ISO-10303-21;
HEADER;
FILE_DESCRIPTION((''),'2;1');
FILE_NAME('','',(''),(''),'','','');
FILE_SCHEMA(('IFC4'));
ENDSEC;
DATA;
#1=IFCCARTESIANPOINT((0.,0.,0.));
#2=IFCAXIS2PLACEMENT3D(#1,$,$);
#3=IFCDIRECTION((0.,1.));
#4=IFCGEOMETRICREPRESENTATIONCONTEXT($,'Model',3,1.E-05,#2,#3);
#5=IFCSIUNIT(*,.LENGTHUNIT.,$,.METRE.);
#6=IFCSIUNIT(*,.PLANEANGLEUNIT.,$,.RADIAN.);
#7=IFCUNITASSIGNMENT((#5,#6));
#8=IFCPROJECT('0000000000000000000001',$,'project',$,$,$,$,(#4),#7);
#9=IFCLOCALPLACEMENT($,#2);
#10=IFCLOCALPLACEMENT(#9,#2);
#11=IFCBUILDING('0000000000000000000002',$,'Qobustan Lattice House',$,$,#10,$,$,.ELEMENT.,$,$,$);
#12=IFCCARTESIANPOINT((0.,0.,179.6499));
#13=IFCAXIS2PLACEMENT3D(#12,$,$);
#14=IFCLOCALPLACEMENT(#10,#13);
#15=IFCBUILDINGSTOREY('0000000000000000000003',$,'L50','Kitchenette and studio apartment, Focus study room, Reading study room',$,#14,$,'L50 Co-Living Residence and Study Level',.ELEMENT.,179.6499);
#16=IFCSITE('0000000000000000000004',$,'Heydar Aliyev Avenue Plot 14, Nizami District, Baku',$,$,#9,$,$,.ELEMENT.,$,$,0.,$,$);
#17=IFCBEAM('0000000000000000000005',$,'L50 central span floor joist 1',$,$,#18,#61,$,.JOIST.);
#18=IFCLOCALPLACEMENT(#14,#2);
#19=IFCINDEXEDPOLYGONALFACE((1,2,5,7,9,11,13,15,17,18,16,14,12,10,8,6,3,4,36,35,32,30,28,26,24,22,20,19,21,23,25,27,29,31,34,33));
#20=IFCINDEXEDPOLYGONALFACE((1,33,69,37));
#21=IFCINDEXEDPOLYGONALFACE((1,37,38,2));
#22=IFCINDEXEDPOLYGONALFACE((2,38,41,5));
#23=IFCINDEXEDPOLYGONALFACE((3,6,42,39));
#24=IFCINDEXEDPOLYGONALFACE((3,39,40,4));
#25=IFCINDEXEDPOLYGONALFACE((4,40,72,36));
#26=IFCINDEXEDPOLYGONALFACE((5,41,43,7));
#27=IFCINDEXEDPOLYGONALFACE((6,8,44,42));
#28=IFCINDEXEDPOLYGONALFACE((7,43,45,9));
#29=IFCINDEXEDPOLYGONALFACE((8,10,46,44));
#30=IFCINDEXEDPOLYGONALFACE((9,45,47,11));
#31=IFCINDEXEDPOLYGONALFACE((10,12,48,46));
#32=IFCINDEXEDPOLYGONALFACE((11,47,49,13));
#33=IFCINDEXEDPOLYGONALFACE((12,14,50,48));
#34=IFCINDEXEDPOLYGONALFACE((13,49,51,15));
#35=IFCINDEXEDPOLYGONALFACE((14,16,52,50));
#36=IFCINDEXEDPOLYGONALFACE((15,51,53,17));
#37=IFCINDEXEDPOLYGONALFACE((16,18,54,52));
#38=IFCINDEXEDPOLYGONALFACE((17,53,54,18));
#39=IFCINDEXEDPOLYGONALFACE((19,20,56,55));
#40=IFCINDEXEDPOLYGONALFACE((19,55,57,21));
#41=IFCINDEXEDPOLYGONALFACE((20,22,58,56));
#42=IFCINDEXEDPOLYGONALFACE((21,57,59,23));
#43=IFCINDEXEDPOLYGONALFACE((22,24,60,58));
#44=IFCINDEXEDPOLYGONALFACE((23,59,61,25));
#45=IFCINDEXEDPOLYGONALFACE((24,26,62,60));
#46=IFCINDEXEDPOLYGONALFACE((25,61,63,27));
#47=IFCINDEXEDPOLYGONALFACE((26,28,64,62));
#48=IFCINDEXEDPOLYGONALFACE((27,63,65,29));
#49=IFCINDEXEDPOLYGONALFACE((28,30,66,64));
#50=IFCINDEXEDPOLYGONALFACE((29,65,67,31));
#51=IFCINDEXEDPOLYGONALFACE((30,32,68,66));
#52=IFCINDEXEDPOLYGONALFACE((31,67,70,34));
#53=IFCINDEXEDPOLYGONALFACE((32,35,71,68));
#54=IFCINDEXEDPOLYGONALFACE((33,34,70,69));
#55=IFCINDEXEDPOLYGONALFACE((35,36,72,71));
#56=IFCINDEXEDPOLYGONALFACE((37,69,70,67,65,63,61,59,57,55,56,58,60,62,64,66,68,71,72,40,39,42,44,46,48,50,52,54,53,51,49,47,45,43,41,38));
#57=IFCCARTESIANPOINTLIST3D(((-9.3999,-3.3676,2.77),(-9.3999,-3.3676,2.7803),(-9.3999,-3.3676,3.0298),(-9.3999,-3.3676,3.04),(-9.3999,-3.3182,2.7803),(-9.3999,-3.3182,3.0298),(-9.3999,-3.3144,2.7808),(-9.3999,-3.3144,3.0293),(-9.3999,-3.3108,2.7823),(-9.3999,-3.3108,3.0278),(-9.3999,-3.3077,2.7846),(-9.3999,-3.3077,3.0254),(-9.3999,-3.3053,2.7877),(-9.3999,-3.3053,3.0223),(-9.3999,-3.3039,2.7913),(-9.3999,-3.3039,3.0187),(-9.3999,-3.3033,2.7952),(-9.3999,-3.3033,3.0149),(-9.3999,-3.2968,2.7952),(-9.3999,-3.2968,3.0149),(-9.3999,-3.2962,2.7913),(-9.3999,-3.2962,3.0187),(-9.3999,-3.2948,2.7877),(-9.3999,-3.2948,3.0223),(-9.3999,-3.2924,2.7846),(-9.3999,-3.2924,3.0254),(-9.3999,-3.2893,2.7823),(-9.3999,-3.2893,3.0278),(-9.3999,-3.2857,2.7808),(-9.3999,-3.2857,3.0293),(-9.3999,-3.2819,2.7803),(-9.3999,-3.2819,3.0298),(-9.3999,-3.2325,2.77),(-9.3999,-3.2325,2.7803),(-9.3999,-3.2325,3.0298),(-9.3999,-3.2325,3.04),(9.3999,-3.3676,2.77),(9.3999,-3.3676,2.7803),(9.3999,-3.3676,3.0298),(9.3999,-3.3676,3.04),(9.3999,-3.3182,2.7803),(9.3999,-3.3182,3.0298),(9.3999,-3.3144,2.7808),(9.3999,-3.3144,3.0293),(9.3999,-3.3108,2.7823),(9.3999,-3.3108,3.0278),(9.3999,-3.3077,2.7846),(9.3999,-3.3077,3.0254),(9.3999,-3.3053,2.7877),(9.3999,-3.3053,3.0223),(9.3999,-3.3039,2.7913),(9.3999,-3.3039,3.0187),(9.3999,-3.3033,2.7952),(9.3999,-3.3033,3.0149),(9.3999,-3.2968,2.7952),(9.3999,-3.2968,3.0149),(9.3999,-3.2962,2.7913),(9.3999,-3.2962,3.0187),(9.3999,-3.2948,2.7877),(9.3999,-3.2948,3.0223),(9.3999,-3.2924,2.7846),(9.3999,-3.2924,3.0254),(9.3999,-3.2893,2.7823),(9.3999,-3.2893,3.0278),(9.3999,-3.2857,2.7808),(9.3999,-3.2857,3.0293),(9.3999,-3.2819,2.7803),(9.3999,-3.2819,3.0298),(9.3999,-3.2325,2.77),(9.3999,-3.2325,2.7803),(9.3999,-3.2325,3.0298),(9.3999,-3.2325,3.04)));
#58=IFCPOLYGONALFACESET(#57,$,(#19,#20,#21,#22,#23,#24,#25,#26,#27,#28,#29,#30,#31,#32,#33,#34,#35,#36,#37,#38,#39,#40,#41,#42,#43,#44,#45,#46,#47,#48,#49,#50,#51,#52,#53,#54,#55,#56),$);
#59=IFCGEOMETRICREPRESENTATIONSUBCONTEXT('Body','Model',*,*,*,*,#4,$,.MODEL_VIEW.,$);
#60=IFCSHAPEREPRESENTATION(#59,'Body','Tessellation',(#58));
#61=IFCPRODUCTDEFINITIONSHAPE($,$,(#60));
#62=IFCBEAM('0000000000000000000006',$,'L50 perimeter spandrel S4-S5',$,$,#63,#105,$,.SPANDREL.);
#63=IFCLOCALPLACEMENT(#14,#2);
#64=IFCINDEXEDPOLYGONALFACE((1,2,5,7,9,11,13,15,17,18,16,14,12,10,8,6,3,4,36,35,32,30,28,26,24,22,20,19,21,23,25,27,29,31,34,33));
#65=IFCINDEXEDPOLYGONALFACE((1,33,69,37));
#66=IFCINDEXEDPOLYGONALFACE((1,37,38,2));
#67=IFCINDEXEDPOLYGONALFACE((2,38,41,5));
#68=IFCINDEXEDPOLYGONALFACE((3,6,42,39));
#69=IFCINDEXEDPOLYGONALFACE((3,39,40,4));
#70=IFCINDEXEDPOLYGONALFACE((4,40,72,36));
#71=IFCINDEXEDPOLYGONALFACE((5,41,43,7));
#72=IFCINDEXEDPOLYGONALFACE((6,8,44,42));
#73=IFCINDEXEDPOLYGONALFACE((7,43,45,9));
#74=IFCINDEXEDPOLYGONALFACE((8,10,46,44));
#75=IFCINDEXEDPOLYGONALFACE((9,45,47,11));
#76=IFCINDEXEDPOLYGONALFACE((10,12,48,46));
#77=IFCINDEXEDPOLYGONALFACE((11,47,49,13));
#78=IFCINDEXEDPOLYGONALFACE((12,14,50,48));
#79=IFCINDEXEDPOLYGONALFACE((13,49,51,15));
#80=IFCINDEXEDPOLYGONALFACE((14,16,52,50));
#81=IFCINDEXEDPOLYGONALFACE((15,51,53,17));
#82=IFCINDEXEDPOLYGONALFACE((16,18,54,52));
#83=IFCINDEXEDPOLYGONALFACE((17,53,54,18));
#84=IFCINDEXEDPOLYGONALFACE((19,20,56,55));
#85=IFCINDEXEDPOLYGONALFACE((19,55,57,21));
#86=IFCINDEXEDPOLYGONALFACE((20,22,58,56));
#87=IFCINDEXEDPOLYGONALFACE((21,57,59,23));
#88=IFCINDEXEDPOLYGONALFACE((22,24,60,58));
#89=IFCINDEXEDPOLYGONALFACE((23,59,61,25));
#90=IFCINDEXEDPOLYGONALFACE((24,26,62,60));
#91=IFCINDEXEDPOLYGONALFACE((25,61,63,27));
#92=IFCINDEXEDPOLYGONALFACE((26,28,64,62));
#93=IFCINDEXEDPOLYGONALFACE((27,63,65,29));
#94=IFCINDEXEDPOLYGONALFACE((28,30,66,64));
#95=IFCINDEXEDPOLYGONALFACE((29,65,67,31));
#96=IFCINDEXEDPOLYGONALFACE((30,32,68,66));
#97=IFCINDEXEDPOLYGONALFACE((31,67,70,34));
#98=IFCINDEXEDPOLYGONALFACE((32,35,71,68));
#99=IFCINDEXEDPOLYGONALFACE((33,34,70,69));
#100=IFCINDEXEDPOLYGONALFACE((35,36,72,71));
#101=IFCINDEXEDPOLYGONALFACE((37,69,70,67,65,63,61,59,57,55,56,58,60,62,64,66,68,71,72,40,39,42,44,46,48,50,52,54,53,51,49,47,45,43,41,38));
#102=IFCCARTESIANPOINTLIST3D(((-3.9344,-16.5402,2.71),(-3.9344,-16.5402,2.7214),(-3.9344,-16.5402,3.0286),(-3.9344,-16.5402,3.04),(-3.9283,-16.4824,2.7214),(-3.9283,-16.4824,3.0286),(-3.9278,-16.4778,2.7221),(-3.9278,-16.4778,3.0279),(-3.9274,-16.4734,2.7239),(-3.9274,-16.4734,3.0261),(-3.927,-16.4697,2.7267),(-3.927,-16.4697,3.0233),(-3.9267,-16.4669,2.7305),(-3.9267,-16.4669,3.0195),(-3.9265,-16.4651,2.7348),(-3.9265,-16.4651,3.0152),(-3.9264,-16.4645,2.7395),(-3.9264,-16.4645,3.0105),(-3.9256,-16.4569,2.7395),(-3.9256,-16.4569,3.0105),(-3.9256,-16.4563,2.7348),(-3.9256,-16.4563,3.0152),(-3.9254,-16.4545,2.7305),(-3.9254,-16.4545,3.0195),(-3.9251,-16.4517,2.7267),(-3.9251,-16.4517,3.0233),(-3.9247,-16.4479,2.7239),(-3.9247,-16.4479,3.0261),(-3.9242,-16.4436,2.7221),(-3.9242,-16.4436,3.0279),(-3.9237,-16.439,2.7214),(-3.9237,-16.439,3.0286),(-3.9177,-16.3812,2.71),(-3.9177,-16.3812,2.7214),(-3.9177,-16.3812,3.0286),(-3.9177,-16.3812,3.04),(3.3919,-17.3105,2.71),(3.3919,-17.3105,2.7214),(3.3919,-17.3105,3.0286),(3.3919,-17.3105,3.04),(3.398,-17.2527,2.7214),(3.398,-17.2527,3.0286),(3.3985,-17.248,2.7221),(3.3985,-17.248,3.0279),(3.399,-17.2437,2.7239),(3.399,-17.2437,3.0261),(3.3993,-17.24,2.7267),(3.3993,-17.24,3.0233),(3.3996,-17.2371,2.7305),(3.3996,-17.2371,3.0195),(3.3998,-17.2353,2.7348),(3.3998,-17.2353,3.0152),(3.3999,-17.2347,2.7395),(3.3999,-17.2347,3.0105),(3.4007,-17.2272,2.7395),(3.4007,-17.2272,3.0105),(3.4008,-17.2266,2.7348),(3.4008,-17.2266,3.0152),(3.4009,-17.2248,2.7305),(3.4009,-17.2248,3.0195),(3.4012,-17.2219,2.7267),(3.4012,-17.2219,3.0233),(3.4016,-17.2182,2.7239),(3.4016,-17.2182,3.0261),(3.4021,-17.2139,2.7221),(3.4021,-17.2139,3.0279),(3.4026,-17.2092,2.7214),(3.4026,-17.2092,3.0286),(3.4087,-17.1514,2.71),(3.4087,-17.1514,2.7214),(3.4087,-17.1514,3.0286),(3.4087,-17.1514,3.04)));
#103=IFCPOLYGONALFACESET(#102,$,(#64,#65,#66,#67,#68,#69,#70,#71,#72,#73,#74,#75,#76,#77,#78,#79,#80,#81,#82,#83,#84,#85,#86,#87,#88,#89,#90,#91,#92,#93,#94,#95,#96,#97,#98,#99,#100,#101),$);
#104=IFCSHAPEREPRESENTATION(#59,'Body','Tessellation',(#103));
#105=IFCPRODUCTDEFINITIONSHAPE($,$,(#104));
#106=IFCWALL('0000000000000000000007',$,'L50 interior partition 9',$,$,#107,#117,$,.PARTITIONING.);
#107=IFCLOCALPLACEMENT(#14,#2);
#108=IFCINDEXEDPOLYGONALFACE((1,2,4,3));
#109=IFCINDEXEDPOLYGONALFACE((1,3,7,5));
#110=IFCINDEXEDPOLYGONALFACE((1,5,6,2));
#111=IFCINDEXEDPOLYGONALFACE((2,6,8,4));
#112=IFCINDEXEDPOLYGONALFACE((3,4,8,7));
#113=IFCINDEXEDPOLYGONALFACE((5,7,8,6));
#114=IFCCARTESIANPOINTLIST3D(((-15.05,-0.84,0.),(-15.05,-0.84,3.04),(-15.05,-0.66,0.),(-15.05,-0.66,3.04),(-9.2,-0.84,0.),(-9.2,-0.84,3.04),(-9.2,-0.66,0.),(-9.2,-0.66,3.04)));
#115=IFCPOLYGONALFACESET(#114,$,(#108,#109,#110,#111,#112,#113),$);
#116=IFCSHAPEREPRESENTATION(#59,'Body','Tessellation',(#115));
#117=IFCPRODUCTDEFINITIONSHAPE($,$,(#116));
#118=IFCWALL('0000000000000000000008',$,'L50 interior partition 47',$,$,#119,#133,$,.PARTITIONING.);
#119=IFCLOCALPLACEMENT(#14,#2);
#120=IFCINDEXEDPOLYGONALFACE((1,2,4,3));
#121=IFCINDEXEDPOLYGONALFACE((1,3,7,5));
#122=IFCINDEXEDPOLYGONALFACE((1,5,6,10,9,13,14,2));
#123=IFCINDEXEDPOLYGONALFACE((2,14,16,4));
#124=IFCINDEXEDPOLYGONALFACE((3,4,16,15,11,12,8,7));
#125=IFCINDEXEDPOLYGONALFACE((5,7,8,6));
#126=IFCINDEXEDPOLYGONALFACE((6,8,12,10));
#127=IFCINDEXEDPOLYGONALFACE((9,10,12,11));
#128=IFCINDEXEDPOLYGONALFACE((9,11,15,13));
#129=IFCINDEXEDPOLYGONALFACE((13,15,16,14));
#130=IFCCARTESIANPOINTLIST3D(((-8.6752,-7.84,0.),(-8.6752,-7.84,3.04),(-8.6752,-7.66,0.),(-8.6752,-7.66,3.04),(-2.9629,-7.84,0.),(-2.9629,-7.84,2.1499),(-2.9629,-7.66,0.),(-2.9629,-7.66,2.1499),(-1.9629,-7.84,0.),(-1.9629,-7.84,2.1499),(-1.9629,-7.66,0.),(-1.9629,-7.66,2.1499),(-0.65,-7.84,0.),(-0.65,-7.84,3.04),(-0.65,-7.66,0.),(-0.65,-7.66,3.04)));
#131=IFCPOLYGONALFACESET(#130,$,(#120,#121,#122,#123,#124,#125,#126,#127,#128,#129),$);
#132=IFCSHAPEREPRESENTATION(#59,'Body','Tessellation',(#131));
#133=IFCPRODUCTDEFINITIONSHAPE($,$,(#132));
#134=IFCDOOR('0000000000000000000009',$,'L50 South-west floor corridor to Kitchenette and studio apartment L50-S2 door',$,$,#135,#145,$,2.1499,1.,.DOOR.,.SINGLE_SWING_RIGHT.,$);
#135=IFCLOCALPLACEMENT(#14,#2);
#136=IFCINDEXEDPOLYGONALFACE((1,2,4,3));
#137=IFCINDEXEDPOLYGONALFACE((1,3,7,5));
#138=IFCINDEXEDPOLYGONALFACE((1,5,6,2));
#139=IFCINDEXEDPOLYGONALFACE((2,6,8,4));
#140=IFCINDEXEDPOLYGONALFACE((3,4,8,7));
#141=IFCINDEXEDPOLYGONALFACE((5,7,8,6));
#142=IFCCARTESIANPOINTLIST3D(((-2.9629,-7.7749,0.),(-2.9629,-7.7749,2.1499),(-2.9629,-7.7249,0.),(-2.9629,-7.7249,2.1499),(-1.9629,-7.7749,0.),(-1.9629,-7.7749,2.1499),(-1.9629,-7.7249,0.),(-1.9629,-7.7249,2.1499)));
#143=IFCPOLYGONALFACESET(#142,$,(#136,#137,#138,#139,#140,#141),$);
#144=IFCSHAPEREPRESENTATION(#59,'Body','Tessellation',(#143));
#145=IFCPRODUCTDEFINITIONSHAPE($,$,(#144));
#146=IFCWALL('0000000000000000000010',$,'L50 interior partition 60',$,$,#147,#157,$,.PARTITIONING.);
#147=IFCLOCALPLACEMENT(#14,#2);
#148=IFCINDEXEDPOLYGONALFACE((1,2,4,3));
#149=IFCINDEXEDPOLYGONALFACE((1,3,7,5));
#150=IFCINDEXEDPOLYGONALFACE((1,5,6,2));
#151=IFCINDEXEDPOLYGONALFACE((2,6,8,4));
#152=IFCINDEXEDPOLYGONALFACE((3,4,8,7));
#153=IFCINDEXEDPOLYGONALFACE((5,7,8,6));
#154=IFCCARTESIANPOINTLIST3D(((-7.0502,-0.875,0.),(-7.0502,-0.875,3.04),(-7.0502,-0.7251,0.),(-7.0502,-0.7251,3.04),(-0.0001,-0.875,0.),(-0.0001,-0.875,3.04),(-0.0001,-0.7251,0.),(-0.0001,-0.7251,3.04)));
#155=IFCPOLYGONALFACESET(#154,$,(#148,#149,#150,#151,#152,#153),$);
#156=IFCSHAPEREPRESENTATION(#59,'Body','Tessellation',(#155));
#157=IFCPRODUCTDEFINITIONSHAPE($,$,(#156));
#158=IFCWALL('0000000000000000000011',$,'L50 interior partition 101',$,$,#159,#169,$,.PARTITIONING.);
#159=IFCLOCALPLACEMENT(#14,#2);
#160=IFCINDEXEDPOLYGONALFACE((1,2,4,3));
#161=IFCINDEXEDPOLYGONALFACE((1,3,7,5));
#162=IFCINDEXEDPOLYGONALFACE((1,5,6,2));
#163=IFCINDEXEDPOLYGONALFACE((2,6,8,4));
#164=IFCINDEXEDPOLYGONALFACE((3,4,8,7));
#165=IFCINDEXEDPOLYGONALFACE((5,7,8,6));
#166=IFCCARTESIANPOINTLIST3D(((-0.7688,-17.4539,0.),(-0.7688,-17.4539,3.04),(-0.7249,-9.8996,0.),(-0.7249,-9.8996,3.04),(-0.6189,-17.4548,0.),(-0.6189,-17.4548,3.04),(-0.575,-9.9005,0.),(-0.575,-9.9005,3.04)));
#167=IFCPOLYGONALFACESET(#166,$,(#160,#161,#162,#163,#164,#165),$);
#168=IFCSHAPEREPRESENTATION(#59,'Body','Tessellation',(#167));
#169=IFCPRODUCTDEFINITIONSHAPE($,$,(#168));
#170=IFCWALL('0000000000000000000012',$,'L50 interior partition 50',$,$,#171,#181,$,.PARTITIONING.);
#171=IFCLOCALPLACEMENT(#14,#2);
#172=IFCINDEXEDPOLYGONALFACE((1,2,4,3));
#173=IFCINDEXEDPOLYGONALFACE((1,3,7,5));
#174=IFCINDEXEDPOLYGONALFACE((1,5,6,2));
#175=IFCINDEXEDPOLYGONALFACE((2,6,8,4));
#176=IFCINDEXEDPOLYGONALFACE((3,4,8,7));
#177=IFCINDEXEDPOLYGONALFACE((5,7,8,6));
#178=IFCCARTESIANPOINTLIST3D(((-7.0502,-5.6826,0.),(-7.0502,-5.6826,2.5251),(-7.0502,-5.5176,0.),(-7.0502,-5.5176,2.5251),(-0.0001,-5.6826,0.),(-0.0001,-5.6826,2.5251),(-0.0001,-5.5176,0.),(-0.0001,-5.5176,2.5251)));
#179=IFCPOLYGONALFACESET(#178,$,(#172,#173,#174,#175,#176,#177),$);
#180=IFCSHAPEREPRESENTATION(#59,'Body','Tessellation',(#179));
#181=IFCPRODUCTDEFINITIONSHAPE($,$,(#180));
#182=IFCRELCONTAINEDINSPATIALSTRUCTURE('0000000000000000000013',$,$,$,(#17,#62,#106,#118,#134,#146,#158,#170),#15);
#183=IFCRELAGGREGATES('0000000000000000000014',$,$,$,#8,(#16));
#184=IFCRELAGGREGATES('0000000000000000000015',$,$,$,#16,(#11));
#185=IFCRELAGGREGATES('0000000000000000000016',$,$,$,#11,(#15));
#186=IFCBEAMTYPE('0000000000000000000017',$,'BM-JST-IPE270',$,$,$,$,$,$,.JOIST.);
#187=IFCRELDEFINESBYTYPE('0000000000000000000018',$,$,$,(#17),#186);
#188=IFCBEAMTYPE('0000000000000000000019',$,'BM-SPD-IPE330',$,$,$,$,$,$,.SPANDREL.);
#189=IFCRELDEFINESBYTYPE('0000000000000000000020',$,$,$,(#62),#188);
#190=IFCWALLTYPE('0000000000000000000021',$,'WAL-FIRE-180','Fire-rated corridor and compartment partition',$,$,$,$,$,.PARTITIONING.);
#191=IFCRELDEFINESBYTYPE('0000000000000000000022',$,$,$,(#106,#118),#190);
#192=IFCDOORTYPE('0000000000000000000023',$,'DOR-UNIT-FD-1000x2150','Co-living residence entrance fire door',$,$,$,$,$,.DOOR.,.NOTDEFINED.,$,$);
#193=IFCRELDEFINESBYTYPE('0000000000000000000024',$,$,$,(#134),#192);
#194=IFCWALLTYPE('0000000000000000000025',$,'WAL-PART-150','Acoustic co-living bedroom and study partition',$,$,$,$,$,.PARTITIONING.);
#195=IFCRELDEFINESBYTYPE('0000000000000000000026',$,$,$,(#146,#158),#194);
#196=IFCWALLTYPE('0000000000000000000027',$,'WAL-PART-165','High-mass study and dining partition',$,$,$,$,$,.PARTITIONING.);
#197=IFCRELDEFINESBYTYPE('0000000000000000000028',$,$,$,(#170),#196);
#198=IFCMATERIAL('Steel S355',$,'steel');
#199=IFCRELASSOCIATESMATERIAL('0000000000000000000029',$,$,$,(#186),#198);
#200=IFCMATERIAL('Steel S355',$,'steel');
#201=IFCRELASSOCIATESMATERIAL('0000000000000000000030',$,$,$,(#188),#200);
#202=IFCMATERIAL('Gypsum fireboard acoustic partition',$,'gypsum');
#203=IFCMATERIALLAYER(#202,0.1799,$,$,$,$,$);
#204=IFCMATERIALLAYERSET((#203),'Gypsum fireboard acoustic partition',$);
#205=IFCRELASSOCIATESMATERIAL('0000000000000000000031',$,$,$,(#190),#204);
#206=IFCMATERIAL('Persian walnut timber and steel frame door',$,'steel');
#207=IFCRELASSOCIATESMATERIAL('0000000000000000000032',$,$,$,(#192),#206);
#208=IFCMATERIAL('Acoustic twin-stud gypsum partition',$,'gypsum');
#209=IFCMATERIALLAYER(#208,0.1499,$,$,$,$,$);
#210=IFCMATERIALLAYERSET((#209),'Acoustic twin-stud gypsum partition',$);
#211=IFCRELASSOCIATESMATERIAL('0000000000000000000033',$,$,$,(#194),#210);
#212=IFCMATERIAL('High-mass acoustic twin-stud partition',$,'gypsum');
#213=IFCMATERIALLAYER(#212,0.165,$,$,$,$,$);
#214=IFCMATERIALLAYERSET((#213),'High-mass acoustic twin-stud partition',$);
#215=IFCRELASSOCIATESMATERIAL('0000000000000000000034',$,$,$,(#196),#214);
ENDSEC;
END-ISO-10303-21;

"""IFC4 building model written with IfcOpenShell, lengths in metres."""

from ifc_helpers import new_model, si_unit, direction, frame, frame_2d, origin, origin_2d, place, context, subcontext, project, spatial, rectangle, i_section, extrude, material, layer, layer_set, material_profile, profile_set, type_object, element, fill, save


model = new_model("IFC4")

# Units and contexts
model_context = context("Model", 3, precision=1e-05, world=origin(), true_north=direction((0.0, 1.0)))
body_context = subcontext(model_context, "Body", "Model", "MODEL_VIEW")
ifc_project = project(units=[si_unit("LENGTHUNIT", "METRE"), si_unit("PLANEANGLEUNIT", "RADIAN")], contexts=[model_context])

# Site, building, storey
site_placement = place(None, origin())
site = spatial("IfcSite", under=ifc_project, at=site_placement, Name="Heydar Aliyev Avenue Plot 14, Nizami District, Baku", CompositionType="ELEMENT", RefElevation=0.0)
building_placement = place(site_placement, origin())
building = spatial("IfcBuilding", under=site, at=building_placement, Name="Qobustan Lattice House", CompositionType="ELEMENT")
storey_placement = place(building_placement, frame((0.0, 0.0, 179.6499)))
storey = spatial("IfcBuildingStorey", under=building, at=storey_placement, Name="L50", Description="Kitchenette and studio apartment, Focus study room, Reading study room", LongName="L50 Co-Living Residence and Study Level", CompositionType="ELEMENT", Elevation=179.6499)

# Beams
ifc_material_1 = material(Name="Steel S355", Category="steel")
ifc_material_profile_1 = material_profile(ifc_material_1, i_section(OverallWidth=0.135, OverallDepth=0.27, WebThickness=0.0066, FlangeThickness=0.0103, FilletRadius=0.0149, at=origin_2d()), Name="IPE270")
ifc_profile_set_1 = profile_set([ifc_material_profile_1], Name="Steel S355")
beam_type_1 = type_object("IfcBeamType", Name="BM-JST-IPE270", PredefinedType="JOIST", material=ifc_profile_set_1)
beam_1_placement = place(storey_placement, frame((-9.3999, -3.3, 2.905), z_axis=(1.0, 0.0, 0.0), x_axis=(0.0, 1.0, 0.0)))
element("IfcBeam", 1, at=beam_1_placement, inside=storey, type_object=beam_type_1, Name="L50 central span floor joist 1", PredefinedType="JOIST", context=body_context, shape_type="SweptSolid", body=[
    extrude(i_section(OverallWidth=0.135, OverallDepth=0.27, WebThickness=0.0066, FlangeThickness=0.0103, FilletRadius=0.0149, at=origin_2d()), origin(), (0.0, 0.0, 1.0), 18.7998),
])
ifc_material_2 = material(Name="Steel S355", Category="steel")
ifc_material_profile_2 = material_profile(ifc_material_2, i_section(OverallWidth=0.1599, OverallDepth=0.3301, WebThickness=0.0076, FlangeThickness=0.0115, FilletRadius=0.0181, at=origin_2d()), Name="IPE330")
ifc_profile_set_2 = profile_set([ifc_material_profile_2], Name="Steel S355")
beam_type_2 = type_object("IfcBeamType", Name="BM-SPD-IPE330", PredefinedType="SPANDREL", material=ifc_profile_set_2)
beam_2_placement = place(storey_placement, frame((-3.926, -16.4607, 2.875), z_axis=(0.994519, -0.104559, 0.0), x_axis=(0.104559, 0.994519, 0.0)))
element("IfcBeam", 2, at=beam_2_placement, inside=storey, type_object=beam_type_2, Name="L50 perimeter spandrel S4-S5", PredefinedType="SPANDREL", context=body_context, shape_type="SweptSolid", body=[
    extrude(i_section(OverallWidth=0.1599, OverallDepth=0.3301, WebThickness=0.0076, FlangeThickness=0.0115, FilletRadius=0.0181, at=origin_2d()), origin(), (0.0, 0.0, 1.0), 7.3667),
])

# Wall
ifc_material_3 = material(Name="Gypsum fireboard acoustic partition", Category="gypsum")
ifc_layer_1 = layer(ifc_material_3, 0.1799)
ifc_layer_set_1 = layer_set([ifc_layer_1], Name="Gypsum fireboard acoustic partition")
wall_type_1 = type_object("IfcWallType", Name="WAL-FIRE-180", Description="Fire-rated corridor and compartment partition", PredefinedType="PARTITIONING", material=ifc_layer_set_1)
wall_1_placement = place(storey_placement, frame((-9.2, -0.75, 0.0), z_axis=(0.0, 0.0, 1.0), x_axis=(-1.0, 0.0, 0.0)))
element("IfcWall", 3, at=wall_1_placement, inside=storey, type_object=wall_type_1, Name="L50 interior partition 9", PredefinedType="PARTITIONING", context=body_context, shape_type="SweptSolid", body=[
    extrude(rectangle(XDim=5.8501, YDim=0.1799, at=frame_2d((2.925, 0.0))), origin(), (0.0, 0.0, 1.0), 3.04),
])

# Wall, opening, door
wall_2_placement = place(storey_placement, frame((-0.6499, -7.75, 0.0), z_axis=(0.0, 0.0, 1.0), x_axis=(-1.0, 0.0, 0.0)))
wall_2 = element("IfcWall", 4, at=wall_2_placement, inside=storey, type_object=wall_type_1, Name="L50 interior partition 47", PredefinedType="PARTITIONING", context=body_context, shape_type="SweptSolid", body=[
    extrude(rectangle(XDim=8.0251, YDim=0.1799, at=frame_2d((4.0127, 0.0))), origin(), (0.0, 0.0, 1.0), 3.04),
])
opening_1_placement = place(wall_2_placement, frame((1.313, 0.0, 0.0)))
opening_1 = element("IfcOpeningElement", 5, at=opening_1_placement, cuts=wall_2, PredefinedType="OPENING", context=body_context, shape_type="SweptSolid", body=[
    extrude(rectangle(XDim=1.0, YDim=2.1499, at=frame_2d((0.5, 1.075))), frame((0.0, 0.0999, 0.0), z_axis=(0.0, -1.0, 0.0), x_axis=(1.0, 0.0, 0.0)), (0.0, 0.0, 1.0), 0.2),
])
ifc_material_4 = material(Name="Persian walnut timber and steel frame door", Category="steel")
door_type_1 = type_object("IfcDoorType", Name="DOR-UNIT-FD-1000x2150", Description="Co-living residence entrance fire door", OperationType="NOTDEFINED", PredefinedType="DOOR", material=ifc_material_4)
door_1_placement = place(opening_1_placement, origin())
door_1 = element("IfcDoor", 6, at=door_1_placement, inside=storey, type_object=door_type_1, Name="L50 South-west floor corridor to Kitchenette and studio apartment L50-S2 door", OperationType="SINGLE_SWING_RIGHT", OverallHeight=2.1499, OverallWidth=1.0, PredefinedType="DOOR", context=body_context, shape_type="SweptSolid", body=[
    extrude(rectangle(XDim=1.0, YDim=2.1499, at=frame_2d((0.5, 1.075))), frame((0.0, 0.0249, 0.0), z_axis=(0.0, -1.0, 0.0), x_axis=(1.0, 0.0, 0.0)), (0.0, 0.0, 1.0), 0.05),
])
fill(opening_1, door_1)

# Walls
ifc_material_5 = material(Name="Acoustic twin-stud gypsum partition", Category="gypsum")
ifc_layer_2 = layer(ifc_material_5, 0.1499)
ifc_layer_set_2 = layer_set([ifc_layer_2], Name="Acoustic twin-stud gypsum partition")
wall_type_2 = type_object("IfcWallType", Name="WAL-PART-150", Description="Acoustic co-living bedroom and study partition", PredefinedType="PARTITIONING", material=ifc_layer_set_2)
wall_3_placement = place(storey_placement, frame((-7.05, -0.8, 0.0), z_axis=(0.0, 0.0, 1.0), x_axis=(1.0, 0.0, 0.0)))
element("IfcWall", 7, at=wall_3_placement, inside=storey, type_object=wall_type_2, Name="L50 interior partition 60", PredefinedType="PARTITIONING", context=body_context, shape_type="SweptSolid", body=[
    extrude(rectangle(XDim=7.05, YDim=0.1499, at=frame_2d((3.5249, 0.0))), origin(), (0.0, 0.0, 1.0), 3.04),
])
wall_4_placement = place(storey_placement, frame((-0.6499, -9.8999, 0.0), z_axis=(0.0, 0.0, 1.0), x_axis=(-0.005817, -0.999983, 0.0)))
element("IfcWall", 8, at=wall_4_placement, inside=storey, type_object=wall_type_2, Name="L50 interior partition 101", PredefinedType="PARTITIONING", context=body_context, shape_type="SweptSolid", body=[
    extrude(rectangle(XDim=7.5544, YDim=0.1499, at=frame_2d((3.7773, 0.0))), origin(), (0.0, 0.0, 1.0), 3.04),
])
ifc_material_6 = material(Name="High-mass acoustic twin-stud partition", Category="gypsum")
ifc_layer_3 = layer(ifc_material_6, 0.165)
ifc_layer_set_3 = layer_set([ifc_layer_3], Name="High-mass acoustic twin-stud partition")
wall_type_3 = type_object("IfcWallType", Name="WAL-PART-165", Description="High-mass study and dining partition", PredefinedType="PARTITIONING", material=ifc_layer_set_3)
wall_5_placement = place(storey_placement, frame((-7.05, -5.6001, 0.0), z_axis=(0.0, 0.0, 1.0), x_axis=(1.0, 0.0, 0.0)))
element("IfcWall", 9, at=wall_5_placement, inside=storey, type_object=wall_type_3, Name="L50 interior partition 50", PredefinedType="PARTITIONING", context=body_context, shape_type="SweptSolid", body=[
    extrude(rectangle(XDim=7.05, YDim=0.165, at=frame_2d((3.5249, 0.0))), origin(), (0.0, 0.0, 1.0), 2.5251),
])

save(model, "model.ifc")
